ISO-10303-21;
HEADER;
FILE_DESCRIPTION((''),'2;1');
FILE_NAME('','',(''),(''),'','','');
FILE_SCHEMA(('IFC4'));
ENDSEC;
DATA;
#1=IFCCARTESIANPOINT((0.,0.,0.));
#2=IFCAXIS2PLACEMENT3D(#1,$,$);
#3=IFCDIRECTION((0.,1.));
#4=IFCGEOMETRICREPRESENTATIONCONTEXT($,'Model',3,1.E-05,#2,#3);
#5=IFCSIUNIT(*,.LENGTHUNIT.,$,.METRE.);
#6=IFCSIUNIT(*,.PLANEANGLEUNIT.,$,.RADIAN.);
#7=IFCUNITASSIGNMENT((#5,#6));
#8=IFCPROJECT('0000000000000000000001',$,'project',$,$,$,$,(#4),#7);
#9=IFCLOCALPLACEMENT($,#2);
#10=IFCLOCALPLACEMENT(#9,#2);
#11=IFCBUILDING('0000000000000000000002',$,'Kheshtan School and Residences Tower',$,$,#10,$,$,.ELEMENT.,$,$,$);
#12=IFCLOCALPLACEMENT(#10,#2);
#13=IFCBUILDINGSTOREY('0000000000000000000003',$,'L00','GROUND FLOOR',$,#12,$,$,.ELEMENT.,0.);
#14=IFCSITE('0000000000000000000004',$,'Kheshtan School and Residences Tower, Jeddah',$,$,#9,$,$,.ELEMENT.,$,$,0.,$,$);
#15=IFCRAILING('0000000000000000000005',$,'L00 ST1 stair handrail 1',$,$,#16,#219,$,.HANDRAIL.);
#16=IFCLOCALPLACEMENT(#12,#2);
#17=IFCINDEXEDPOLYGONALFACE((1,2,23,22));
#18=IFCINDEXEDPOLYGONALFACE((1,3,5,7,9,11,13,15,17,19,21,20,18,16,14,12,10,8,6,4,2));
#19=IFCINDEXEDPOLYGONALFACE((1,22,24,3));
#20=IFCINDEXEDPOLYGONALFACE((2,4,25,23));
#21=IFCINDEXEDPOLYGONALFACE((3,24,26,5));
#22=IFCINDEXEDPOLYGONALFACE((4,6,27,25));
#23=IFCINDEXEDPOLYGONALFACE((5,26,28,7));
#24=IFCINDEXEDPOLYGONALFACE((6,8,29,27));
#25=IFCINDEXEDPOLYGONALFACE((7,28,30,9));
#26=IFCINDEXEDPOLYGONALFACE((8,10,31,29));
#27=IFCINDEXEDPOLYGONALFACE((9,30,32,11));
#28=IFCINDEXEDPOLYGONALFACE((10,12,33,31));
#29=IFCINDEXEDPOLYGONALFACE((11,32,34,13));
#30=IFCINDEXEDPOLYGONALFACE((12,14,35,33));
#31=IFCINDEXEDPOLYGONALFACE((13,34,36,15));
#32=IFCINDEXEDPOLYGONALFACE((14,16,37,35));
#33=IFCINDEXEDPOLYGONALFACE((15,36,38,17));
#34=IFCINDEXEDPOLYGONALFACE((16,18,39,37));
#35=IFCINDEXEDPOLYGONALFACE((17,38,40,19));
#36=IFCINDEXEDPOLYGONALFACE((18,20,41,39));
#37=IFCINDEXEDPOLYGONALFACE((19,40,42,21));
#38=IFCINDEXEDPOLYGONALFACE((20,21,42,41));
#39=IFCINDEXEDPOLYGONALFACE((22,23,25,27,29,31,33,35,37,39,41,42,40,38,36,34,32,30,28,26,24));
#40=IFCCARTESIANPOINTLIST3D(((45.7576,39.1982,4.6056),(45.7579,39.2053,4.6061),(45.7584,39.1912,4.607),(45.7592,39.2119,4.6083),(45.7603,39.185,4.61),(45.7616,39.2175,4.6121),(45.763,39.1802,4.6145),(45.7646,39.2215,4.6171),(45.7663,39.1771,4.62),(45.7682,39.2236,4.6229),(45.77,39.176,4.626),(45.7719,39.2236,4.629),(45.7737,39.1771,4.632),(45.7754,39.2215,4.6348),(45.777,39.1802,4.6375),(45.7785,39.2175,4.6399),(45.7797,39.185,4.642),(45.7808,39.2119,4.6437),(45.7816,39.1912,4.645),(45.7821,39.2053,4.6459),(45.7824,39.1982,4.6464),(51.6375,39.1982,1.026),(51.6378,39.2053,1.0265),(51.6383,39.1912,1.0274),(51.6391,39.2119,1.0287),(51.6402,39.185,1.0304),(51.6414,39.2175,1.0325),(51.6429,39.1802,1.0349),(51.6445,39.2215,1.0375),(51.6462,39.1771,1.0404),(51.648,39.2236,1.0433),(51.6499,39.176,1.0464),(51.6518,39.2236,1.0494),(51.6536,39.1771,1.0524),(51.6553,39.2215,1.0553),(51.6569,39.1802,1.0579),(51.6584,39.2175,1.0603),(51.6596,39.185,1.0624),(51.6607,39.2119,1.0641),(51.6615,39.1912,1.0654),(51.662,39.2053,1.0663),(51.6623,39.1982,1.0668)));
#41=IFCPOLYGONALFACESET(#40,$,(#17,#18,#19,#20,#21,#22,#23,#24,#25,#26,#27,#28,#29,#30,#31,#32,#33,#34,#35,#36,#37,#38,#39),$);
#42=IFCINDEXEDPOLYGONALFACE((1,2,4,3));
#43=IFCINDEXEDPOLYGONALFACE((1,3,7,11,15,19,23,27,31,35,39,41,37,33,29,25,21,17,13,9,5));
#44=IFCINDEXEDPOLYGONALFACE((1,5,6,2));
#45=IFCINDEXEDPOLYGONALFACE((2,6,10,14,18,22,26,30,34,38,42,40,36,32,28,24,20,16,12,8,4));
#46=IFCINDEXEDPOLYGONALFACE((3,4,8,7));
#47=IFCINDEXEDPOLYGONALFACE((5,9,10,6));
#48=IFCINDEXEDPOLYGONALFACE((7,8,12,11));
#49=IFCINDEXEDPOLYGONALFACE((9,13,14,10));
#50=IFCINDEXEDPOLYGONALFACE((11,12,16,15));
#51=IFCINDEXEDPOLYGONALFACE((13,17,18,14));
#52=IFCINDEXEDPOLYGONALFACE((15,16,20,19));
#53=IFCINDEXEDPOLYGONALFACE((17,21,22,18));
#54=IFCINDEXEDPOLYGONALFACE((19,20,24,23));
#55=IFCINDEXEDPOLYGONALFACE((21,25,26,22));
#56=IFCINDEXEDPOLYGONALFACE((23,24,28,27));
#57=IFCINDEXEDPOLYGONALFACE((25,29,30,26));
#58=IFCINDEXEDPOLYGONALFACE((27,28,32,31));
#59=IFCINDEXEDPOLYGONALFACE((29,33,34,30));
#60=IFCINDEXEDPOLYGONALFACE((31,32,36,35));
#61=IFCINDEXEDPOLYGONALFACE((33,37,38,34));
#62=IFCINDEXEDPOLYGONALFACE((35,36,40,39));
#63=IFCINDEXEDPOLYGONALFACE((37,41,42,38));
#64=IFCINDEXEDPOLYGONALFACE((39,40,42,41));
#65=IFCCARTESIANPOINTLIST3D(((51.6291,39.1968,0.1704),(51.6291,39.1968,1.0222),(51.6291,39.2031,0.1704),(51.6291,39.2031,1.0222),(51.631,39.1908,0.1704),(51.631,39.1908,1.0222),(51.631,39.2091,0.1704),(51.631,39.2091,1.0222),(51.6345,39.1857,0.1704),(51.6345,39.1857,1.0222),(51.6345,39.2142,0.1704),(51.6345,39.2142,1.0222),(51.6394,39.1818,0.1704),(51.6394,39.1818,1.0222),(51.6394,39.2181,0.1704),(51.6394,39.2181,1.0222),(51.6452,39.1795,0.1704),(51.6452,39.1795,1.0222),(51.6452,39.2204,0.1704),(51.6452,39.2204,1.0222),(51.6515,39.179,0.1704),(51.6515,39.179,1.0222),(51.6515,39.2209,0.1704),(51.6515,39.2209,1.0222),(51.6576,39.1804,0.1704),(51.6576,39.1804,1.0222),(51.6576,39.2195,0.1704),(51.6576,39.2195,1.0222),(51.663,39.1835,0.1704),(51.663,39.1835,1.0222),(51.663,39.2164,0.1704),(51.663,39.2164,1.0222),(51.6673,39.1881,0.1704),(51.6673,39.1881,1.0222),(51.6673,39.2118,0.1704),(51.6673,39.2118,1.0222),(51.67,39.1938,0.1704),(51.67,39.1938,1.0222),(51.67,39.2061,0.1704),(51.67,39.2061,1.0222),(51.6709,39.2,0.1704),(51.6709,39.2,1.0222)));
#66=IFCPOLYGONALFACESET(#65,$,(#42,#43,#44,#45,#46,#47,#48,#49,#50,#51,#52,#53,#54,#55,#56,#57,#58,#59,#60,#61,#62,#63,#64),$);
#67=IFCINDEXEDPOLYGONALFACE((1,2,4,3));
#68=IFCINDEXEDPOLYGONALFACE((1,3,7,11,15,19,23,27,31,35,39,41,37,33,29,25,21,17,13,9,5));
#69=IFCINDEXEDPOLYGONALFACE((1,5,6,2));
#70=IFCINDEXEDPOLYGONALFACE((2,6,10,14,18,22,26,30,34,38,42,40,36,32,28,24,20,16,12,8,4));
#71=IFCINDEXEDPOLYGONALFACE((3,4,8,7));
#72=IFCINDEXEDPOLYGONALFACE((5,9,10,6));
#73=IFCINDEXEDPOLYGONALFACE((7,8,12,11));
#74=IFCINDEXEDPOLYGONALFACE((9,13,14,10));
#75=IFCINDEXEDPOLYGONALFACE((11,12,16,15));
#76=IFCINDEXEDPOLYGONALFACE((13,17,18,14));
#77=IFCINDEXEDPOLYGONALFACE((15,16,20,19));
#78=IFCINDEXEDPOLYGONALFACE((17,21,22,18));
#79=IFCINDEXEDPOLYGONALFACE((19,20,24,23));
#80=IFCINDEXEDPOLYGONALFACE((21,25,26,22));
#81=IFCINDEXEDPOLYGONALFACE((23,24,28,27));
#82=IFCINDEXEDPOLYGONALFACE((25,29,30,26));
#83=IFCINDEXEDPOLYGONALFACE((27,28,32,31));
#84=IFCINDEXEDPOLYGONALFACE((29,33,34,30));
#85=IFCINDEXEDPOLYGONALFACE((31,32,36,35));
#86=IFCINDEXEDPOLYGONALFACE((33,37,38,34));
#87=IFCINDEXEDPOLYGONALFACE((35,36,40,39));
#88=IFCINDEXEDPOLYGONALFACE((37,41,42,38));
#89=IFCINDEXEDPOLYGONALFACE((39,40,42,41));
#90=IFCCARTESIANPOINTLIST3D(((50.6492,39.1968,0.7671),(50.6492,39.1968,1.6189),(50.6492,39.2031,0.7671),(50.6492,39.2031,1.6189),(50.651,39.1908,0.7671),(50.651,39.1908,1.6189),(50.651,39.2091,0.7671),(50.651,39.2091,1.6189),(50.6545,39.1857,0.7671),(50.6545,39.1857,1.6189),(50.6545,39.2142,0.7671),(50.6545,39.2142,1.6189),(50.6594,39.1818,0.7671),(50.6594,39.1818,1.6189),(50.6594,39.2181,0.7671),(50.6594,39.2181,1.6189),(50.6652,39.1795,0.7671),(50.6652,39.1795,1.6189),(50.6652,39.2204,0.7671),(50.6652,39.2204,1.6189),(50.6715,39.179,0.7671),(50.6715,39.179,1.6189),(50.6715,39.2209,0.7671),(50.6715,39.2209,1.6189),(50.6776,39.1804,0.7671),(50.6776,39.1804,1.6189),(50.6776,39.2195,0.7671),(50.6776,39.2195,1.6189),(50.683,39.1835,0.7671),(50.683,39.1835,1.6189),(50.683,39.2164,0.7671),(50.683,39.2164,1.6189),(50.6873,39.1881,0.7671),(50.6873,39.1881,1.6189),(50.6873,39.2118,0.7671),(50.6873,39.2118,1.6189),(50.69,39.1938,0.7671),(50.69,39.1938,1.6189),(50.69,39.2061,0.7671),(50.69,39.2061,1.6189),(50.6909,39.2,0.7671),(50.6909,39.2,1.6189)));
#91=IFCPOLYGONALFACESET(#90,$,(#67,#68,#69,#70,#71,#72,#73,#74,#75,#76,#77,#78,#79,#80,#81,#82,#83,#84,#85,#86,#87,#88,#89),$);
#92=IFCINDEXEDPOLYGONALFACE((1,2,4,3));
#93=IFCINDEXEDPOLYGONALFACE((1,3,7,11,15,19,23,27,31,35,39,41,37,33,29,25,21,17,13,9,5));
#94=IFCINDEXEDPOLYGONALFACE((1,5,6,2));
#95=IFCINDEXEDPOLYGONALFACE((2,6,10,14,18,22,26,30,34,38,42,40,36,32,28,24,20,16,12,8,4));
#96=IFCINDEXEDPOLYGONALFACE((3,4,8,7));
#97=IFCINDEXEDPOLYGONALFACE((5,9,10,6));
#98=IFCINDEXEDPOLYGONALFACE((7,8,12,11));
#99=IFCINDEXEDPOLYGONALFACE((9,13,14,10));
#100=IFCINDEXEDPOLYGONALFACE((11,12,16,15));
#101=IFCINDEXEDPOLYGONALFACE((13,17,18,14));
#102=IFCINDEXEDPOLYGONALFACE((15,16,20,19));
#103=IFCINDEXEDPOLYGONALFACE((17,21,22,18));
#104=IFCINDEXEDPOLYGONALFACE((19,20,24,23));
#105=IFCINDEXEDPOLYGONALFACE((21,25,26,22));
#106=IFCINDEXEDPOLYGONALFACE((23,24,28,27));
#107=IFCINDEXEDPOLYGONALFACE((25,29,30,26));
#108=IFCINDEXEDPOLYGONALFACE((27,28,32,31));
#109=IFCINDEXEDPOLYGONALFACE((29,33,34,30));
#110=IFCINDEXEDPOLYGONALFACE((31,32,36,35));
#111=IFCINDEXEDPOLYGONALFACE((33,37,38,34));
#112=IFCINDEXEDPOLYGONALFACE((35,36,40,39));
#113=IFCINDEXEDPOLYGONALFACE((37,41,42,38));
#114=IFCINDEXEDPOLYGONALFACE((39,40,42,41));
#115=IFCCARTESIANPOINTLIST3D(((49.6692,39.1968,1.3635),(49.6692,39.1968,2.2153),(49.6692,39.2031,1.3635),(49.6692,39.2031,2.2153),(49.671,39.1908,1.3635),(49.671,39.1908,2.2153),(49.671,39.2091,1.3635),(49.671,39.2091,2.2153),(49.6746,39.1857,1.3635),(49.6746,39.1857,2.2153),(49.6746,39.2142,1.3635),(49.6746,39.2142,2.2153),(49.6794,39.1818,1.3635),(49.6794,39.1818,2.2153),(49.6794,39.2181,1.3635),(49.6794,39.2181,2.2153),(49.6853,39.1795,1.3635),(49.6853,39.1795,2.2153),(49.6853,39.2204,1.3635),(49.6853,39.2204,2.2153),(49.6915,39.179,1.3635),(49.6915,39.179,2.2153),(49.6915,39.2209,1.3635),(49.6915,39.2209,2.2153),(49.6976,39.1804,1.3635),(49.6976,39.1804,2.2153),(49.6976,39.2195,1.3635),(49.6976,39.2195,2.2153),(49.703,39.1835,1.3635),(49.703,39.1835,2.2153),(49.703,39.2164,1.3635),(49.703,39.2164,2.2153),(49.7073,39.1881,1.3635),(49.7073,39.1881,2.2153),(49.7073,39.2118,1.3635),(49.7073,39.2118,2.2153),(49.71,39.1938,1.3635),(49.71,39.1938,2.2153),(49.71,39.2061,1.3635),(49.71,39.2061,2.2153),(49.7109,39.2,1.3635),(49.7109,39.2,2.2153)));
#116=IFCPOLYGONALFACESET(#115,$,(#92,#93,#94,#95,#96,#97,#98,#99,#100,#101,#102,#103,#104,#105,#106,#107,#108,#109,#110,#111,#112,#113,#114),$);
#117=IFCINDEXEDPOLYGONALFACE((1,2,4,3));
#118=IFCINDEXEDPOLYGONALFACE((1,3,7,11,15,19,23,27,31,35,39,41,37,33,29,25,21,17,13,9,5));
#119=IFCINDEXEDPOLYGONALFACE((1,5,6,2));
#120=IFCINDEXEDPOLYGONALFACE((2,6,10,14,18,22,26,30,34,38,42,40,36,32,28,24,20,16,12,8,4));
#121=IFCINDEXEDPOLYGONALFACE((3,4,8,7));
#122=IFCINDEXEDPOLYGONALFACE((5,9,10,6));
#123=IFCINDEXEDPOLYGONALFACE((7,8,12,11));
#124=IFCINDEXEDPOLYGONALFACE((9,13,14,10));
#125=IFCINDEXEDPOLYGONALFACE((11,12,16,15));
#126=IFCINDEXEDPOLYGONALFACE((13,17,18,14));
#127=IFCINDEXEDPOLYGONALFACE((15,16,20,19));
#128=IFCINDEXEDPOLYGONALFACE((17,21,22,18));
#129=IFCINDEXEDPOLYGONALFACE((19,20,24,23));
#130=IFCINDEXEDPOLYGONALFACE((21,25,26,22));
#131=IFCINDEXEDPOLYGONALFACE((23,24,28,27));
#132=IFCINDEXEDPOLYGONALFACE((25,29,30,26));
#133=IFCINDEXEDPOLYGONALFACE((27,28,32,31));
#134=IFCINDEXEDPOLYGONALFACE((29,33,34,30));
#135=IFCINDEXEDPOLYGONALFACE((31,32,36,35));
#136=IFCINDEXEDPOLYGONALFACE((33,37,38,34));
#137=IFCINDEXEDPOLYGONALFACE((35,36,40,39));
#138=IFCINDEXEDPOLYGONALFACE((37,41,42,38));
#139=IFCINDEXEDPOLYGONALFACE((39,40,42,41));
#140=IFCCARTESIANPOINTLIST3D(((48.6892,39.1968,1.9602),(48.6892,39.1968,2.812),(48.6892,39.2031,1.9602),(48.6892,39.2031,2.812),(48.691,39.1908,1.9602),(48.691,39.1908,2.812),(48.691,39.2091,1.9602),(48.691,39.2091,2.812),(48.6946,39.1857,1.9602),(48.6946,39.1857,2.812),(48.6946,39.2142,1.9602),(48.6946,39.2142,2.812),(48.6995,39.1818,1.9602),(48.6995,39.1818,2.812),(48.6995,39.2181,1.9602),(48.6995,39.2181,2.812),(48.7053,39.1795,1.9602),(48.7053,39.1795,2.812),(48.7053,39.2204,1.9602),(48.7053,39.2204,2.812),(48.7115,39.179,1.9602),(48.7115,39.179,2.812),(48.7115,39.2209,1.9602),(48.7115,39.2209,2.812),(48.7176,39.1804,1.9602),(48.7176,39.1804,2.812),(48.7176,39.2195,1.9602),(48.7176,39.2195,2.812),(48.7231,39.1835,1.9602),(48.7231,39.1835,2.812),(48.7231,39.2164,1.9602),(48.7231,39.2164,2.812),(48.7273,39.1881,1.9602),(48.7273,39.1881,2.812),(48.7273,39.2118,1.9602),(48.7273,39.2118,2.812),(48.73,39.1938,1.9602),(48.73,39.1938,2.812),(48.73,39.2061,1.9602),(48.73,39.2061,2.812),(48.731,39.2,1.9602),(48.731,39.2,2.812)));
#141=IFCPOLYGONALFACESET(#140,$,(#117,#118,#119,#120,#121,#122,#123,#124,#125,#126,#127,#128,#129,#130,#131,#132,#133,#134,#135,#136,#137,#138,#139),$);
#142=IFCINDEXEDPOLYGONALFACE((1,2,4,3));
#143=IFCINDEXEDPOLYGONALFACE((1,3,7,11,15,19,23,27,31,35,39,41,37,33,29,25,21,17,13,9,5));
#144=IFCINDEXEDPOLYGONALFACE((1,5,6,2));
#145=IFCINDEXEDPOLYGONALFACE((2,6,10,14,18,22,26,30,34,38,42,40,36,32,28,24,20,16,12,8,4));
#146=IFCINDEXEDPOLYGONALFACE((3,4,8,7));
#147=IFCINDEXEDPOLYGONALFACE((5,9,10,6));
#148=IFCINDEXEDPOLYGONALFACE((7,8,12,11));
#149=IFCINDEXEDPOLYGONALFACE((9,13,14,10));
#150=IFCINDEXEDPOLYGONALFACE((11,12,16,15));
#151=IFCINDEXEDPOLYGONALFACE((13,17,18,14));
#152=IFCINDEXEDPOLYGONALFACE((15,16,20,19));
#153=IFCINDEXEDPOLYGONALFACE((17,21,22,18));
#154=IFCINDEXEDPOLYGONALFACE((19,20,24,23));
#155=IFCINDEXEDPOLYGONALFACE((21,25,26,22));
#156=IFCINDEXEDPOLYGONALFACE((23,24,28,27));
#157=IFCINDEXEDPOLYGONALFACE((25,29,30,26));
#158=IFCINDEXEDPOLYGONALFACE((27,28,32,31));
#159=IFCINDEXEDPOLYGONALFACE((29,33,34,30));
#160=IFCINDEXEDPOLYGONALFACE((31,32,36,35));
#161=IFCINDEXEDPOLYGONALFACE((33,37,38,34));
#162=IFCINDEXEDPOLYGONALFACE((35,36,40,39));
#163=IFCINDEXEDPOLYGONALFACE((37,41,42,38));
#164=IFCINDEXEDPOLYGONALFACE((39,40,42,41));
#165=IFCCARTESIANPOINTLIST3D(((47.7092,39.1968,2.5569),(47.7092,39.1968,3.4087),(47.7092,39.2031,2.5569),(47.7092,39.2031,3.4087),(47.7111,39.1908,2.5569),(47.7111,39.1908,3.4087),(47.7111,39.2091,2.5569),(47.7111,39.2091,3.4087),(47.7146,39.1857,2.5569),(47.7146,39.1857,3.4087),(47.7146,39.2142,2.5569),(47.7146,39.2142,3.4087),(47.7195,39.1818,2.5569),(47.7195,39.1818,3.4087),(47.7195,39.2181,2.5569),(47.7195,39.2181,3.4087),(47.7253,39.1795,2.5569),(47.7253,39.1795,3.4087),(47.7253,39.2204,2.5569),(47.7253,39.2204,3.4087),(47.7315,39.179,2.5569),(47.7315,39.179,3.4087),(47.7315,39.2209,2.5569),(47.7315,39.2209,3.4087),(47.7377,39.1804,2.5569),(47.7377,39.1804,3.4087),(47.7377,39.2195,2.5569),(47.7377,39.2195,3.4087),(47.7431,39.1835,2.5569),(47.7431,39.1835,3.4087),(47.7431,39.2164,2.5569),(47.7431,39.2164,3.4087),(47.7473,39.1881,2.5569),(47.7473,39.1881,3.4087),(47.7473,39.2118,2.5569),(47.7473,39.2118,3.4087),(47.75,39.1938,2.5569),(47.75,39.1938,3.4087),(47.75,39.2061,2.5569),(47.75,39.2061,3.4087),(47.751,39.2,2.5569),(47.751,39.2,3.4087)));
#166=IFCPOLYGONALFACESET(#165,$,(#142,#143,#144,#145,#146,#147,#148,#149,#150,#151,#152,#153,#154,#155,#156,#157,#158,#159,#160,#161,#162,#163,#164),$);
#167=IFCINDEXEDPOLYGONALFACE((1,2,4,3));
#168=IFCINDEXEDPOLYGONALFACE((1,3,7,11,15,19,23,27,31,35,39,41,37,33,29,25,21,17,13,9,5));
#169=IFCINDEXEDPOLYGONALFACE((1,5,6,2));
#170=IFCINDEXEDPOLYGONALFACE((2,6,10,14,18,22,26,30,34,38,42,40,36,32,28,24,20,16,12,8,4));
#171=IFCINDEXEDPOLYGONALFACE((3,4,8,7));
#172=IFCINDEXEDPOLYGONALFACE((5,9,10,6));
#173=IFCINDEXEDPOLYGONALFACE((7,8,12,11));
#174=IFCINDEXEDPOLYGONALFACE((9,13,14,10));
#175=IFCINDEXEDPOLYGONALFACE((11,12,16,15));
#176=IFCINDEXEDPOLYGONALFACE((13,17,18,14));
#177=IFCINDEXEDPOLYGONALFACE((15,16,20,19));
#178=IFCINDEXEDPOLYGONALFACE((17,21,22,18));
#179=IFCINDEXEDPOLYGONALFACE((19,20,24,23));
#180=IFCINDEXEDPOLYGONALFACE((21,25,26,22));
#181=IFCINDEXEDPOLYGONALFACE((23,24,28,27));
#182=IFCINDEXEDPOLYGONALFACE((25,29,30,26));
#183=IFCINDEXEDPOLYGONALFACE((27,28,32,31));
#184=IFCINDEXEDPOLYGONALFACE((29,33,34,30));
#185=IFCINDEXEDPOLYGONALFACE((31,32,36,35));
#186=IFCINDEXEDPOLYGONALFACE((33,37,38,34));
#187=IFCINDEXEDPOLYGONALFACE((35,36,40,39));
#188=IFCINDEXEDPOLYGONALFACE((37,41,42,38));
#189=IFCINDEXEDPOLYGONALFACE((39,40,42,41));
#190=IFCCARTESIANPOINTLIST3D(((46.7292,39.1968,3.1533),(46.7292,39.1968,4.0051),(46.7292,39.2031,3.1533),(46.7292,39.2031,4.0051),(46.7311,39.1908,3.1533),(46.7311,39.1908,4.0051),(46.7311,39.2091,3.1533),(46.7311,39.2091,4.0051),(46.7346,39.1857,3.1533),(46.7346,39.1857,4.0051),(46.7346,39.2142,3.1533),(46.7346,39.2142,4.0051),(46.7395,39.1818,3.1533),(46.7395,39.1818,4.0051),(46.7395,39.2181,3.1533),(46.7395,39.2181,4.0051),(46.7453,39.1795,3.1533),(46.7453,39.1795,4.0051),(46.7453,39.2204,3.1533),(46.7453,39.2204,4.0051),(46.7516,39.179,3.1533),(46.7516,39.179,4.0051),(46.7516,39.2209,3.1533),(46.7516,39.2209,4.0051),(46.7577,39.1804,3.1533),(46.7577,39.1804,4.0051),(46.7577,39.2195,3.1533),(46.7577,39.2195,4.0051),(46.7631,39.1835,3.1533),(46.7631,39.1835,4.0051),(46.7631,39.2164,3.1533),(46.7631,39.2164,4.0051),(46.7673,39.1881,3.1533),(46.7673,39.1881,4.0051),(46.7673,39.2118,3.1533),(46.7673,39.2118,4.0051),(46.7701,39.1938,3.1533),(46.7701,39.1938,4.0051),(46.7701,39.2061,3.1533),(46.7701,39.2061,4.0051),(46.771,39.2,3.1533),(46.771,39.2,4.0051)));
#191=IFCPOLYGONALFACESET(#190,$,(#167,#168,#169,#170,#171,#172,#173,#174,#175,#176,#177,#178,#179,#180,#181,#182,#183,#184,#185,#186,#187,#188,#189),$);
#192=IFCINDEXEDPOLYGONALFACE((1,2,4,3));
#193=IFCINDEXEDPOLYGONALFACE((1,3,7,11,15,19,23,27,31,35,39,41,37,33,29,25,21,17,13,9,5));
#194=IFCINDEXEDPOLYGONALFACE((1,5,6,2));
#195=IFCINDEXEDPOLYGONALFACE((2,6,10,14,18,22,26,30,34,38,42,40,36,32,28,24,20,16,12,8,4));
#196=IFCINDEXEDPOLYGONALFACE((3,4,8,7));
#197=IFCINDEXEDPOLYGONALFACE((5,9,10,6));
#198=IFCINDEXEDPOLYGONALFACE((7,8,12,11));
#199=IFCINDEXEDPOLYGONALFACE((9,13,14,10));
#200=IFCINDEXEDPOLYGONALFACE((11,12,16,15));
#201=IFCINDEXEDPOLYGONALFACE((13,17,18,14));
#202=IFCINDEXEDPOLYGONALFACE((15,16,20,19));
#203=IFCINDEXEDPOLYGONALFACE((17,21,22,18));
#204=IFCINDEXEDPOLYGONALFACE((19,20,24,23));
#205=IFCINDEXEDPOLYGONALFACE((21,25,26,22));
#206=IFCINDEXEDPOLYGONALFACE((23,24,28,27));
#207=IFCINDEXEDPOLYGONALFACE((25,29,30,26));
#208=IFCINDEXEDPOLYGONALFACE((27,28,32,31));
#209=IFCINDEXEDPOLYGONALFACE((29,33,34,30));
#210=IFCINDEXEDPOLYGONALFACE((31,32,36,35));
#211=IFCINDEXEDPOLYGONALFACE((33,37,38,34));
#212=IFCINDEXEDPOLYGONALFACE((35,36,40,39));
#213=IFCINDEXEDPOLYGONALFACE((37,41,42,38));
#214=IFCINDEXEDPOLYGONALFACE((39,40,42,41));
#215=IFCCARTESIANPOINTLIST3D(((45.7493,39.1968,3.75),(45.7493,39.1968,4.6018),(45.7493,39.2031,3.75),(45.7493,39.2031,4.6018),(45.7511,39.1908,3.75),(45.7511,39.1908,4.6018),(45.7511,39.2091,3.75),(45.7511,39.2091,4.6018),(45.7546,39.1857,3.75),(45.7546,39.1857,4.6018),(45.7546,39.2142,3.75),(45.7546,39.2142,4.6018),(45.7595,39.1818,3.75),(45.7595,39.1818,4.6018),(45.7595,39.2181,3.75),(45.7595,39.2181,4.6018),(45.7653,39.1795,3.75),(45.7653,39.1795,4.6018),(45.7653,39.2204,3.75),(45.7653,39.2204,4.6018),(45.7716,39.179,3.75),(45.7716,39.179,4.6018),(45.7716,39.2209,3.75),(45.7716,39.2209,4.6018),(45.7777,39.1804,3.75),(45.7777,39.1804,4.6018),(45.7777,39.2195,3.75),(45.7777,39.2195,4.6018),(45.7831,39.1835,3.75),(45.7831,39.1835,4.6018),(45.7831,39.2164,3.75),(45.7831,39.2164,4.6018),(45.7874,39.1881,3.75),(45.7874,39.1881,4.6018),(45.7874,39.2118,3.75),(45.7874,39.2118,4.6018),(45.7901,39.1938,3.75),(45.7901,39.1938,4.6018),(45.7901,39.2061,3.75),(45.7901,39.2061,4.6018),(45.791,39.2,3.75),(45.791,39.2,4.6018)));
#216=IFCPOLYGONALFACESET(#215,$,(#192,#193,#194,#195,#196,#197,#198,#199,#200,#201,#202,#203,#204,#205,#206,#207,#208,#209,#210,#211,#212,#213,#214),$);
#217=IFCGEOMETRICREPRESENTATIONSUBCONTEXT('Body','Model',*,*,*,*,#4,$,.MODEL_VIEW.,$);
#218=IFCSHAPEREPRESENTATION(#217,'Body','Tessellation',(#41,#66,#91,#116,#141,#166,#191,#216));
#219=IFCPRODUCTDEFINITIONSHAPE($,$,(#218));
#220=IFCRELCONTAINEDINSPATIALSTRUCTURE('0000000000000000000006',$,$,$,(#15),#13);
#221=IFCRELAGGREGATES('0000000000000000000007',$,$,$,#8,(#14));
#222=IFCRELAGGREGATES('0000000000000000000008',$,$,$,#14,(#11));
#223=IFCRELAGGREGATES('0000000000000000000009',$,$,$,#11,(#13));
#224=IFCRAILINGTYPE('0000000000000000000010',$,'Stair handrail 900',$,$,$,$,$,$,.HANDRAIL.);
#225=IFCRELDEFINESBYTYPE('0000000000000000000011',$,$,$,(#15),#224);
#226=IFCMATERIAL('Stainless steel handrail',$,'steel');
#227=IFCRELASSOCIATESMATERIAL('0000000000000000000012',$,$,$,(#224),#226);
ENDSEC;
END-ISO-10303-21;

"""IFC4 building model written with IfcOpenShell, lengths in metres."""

from ifc_helpers import new_model, si_unit, direction, frame, origin, origin_2d, place, context, subcontext, project, spatial, circle, extrude, material, type_object, element, save


model = new_model("IFC4")

# Units and contexts
model_context = context("Model", 3, precision=1e-05, world=origin(), true_north=direction((0.0, 1.0)))
body_context = subcontext(model_context, "Body", "Model", "MODEL_VIEW")
ifc_project = project(units=[si_unit("LENGTHUNIT", "METRE"), si_unit("PLANEANGLEUNIT", "RADIAN")], contexts=[model_context])

# Site, building, storey
site_placement = place(None, origin())
site = spatial("IfcSite", under=ifc_project, at=site_placement, Name="Kheshtan School and Residences Tower, Jeddah", CompositionType="ELEMENT", RefElevation=0.0)
building_placement = place(site_placement, origin())
building = spatial("IfcBuilding", under=site, at=building_placement, Name="Kheshtan School and Residences Tower", CompositionType="ELEMENT")
storey_placement = place(building_placement, origin())
storey = spatial("IfcBuildingStorey", under=building, at=storey_placement, Name="L00", Description="GROUND FLOOR", CompositionType="ELEMENT", Elevation=0.0)

# Railing
ifc_material_1 = material(Name="Stainless steel handrail", Category="steel")
railing_type_1 = type_object("IfcRailingType", Name="Stair handrail 900", PredefinedType="HANDRAIL", material=ifc_material_1)
railing_1_placement = place(storey_placement, frame((51.6499, 39.2, 0.1704)))
element("IfcRailing", 1, at=railing_1_placement, inside=storey, type_object=railing_type_1, Name="L00 ST1 stair handrail 1", PredefinedType="HANDRAIL", context=body_context, shape_type="SweptSolid", body=[
    extrude(circle(Radius=0.0239, at=origin_2d()), frame((0.0, 0.0, 0.876), z_axis=(-0.854164, 0.0, 0.520003), x_axis=(0.0, -1.0, 0.0)), (0.0, 0.0, 1.0), 6.8838),
    extrude(circle(Radius=0.021, at=origin_2d()), origin(), (0.0, 0.0, 1.0), 0.8518),
    extrude(circle(Radius=0.021, at=origin_2d()), frame((-0.98, 0.0, 0.5967)), (0.0, 0.0, 1.0), 0.8518),
    extrude(circle(Radius=0.021, at=origin_2d()), frame((-1.96, 0.0, 1.1931)), (0.0, 0.0, 1.0), 0.8518),
    extrude(circle(Radius=0.021, at=origin_2d()), frame((-2.9399, 0.0, 1.7898)), (0.0, 0.0, 1.0), 0.8518),
    extrude(circle(Radius=0.021, at=origin_2d()), frame((-3.9199, 0.0, 2.3865)), (0.0, 0.0, 1.0), 0.8518),
    extrude(circle(Radius=0.021, at=origin_2d()), frame((-4.8999, 0.0, 2.9829)), (0.0, 0.0, 1.0), 0.8518),
    extrude(circle(Radius=0.021, at=origin_2d()), frame((-5.8799, 0.0, 3.5796)), (0.0, 0.0, 1.0), 0.8518),
])

save(model, "model.ifc")
